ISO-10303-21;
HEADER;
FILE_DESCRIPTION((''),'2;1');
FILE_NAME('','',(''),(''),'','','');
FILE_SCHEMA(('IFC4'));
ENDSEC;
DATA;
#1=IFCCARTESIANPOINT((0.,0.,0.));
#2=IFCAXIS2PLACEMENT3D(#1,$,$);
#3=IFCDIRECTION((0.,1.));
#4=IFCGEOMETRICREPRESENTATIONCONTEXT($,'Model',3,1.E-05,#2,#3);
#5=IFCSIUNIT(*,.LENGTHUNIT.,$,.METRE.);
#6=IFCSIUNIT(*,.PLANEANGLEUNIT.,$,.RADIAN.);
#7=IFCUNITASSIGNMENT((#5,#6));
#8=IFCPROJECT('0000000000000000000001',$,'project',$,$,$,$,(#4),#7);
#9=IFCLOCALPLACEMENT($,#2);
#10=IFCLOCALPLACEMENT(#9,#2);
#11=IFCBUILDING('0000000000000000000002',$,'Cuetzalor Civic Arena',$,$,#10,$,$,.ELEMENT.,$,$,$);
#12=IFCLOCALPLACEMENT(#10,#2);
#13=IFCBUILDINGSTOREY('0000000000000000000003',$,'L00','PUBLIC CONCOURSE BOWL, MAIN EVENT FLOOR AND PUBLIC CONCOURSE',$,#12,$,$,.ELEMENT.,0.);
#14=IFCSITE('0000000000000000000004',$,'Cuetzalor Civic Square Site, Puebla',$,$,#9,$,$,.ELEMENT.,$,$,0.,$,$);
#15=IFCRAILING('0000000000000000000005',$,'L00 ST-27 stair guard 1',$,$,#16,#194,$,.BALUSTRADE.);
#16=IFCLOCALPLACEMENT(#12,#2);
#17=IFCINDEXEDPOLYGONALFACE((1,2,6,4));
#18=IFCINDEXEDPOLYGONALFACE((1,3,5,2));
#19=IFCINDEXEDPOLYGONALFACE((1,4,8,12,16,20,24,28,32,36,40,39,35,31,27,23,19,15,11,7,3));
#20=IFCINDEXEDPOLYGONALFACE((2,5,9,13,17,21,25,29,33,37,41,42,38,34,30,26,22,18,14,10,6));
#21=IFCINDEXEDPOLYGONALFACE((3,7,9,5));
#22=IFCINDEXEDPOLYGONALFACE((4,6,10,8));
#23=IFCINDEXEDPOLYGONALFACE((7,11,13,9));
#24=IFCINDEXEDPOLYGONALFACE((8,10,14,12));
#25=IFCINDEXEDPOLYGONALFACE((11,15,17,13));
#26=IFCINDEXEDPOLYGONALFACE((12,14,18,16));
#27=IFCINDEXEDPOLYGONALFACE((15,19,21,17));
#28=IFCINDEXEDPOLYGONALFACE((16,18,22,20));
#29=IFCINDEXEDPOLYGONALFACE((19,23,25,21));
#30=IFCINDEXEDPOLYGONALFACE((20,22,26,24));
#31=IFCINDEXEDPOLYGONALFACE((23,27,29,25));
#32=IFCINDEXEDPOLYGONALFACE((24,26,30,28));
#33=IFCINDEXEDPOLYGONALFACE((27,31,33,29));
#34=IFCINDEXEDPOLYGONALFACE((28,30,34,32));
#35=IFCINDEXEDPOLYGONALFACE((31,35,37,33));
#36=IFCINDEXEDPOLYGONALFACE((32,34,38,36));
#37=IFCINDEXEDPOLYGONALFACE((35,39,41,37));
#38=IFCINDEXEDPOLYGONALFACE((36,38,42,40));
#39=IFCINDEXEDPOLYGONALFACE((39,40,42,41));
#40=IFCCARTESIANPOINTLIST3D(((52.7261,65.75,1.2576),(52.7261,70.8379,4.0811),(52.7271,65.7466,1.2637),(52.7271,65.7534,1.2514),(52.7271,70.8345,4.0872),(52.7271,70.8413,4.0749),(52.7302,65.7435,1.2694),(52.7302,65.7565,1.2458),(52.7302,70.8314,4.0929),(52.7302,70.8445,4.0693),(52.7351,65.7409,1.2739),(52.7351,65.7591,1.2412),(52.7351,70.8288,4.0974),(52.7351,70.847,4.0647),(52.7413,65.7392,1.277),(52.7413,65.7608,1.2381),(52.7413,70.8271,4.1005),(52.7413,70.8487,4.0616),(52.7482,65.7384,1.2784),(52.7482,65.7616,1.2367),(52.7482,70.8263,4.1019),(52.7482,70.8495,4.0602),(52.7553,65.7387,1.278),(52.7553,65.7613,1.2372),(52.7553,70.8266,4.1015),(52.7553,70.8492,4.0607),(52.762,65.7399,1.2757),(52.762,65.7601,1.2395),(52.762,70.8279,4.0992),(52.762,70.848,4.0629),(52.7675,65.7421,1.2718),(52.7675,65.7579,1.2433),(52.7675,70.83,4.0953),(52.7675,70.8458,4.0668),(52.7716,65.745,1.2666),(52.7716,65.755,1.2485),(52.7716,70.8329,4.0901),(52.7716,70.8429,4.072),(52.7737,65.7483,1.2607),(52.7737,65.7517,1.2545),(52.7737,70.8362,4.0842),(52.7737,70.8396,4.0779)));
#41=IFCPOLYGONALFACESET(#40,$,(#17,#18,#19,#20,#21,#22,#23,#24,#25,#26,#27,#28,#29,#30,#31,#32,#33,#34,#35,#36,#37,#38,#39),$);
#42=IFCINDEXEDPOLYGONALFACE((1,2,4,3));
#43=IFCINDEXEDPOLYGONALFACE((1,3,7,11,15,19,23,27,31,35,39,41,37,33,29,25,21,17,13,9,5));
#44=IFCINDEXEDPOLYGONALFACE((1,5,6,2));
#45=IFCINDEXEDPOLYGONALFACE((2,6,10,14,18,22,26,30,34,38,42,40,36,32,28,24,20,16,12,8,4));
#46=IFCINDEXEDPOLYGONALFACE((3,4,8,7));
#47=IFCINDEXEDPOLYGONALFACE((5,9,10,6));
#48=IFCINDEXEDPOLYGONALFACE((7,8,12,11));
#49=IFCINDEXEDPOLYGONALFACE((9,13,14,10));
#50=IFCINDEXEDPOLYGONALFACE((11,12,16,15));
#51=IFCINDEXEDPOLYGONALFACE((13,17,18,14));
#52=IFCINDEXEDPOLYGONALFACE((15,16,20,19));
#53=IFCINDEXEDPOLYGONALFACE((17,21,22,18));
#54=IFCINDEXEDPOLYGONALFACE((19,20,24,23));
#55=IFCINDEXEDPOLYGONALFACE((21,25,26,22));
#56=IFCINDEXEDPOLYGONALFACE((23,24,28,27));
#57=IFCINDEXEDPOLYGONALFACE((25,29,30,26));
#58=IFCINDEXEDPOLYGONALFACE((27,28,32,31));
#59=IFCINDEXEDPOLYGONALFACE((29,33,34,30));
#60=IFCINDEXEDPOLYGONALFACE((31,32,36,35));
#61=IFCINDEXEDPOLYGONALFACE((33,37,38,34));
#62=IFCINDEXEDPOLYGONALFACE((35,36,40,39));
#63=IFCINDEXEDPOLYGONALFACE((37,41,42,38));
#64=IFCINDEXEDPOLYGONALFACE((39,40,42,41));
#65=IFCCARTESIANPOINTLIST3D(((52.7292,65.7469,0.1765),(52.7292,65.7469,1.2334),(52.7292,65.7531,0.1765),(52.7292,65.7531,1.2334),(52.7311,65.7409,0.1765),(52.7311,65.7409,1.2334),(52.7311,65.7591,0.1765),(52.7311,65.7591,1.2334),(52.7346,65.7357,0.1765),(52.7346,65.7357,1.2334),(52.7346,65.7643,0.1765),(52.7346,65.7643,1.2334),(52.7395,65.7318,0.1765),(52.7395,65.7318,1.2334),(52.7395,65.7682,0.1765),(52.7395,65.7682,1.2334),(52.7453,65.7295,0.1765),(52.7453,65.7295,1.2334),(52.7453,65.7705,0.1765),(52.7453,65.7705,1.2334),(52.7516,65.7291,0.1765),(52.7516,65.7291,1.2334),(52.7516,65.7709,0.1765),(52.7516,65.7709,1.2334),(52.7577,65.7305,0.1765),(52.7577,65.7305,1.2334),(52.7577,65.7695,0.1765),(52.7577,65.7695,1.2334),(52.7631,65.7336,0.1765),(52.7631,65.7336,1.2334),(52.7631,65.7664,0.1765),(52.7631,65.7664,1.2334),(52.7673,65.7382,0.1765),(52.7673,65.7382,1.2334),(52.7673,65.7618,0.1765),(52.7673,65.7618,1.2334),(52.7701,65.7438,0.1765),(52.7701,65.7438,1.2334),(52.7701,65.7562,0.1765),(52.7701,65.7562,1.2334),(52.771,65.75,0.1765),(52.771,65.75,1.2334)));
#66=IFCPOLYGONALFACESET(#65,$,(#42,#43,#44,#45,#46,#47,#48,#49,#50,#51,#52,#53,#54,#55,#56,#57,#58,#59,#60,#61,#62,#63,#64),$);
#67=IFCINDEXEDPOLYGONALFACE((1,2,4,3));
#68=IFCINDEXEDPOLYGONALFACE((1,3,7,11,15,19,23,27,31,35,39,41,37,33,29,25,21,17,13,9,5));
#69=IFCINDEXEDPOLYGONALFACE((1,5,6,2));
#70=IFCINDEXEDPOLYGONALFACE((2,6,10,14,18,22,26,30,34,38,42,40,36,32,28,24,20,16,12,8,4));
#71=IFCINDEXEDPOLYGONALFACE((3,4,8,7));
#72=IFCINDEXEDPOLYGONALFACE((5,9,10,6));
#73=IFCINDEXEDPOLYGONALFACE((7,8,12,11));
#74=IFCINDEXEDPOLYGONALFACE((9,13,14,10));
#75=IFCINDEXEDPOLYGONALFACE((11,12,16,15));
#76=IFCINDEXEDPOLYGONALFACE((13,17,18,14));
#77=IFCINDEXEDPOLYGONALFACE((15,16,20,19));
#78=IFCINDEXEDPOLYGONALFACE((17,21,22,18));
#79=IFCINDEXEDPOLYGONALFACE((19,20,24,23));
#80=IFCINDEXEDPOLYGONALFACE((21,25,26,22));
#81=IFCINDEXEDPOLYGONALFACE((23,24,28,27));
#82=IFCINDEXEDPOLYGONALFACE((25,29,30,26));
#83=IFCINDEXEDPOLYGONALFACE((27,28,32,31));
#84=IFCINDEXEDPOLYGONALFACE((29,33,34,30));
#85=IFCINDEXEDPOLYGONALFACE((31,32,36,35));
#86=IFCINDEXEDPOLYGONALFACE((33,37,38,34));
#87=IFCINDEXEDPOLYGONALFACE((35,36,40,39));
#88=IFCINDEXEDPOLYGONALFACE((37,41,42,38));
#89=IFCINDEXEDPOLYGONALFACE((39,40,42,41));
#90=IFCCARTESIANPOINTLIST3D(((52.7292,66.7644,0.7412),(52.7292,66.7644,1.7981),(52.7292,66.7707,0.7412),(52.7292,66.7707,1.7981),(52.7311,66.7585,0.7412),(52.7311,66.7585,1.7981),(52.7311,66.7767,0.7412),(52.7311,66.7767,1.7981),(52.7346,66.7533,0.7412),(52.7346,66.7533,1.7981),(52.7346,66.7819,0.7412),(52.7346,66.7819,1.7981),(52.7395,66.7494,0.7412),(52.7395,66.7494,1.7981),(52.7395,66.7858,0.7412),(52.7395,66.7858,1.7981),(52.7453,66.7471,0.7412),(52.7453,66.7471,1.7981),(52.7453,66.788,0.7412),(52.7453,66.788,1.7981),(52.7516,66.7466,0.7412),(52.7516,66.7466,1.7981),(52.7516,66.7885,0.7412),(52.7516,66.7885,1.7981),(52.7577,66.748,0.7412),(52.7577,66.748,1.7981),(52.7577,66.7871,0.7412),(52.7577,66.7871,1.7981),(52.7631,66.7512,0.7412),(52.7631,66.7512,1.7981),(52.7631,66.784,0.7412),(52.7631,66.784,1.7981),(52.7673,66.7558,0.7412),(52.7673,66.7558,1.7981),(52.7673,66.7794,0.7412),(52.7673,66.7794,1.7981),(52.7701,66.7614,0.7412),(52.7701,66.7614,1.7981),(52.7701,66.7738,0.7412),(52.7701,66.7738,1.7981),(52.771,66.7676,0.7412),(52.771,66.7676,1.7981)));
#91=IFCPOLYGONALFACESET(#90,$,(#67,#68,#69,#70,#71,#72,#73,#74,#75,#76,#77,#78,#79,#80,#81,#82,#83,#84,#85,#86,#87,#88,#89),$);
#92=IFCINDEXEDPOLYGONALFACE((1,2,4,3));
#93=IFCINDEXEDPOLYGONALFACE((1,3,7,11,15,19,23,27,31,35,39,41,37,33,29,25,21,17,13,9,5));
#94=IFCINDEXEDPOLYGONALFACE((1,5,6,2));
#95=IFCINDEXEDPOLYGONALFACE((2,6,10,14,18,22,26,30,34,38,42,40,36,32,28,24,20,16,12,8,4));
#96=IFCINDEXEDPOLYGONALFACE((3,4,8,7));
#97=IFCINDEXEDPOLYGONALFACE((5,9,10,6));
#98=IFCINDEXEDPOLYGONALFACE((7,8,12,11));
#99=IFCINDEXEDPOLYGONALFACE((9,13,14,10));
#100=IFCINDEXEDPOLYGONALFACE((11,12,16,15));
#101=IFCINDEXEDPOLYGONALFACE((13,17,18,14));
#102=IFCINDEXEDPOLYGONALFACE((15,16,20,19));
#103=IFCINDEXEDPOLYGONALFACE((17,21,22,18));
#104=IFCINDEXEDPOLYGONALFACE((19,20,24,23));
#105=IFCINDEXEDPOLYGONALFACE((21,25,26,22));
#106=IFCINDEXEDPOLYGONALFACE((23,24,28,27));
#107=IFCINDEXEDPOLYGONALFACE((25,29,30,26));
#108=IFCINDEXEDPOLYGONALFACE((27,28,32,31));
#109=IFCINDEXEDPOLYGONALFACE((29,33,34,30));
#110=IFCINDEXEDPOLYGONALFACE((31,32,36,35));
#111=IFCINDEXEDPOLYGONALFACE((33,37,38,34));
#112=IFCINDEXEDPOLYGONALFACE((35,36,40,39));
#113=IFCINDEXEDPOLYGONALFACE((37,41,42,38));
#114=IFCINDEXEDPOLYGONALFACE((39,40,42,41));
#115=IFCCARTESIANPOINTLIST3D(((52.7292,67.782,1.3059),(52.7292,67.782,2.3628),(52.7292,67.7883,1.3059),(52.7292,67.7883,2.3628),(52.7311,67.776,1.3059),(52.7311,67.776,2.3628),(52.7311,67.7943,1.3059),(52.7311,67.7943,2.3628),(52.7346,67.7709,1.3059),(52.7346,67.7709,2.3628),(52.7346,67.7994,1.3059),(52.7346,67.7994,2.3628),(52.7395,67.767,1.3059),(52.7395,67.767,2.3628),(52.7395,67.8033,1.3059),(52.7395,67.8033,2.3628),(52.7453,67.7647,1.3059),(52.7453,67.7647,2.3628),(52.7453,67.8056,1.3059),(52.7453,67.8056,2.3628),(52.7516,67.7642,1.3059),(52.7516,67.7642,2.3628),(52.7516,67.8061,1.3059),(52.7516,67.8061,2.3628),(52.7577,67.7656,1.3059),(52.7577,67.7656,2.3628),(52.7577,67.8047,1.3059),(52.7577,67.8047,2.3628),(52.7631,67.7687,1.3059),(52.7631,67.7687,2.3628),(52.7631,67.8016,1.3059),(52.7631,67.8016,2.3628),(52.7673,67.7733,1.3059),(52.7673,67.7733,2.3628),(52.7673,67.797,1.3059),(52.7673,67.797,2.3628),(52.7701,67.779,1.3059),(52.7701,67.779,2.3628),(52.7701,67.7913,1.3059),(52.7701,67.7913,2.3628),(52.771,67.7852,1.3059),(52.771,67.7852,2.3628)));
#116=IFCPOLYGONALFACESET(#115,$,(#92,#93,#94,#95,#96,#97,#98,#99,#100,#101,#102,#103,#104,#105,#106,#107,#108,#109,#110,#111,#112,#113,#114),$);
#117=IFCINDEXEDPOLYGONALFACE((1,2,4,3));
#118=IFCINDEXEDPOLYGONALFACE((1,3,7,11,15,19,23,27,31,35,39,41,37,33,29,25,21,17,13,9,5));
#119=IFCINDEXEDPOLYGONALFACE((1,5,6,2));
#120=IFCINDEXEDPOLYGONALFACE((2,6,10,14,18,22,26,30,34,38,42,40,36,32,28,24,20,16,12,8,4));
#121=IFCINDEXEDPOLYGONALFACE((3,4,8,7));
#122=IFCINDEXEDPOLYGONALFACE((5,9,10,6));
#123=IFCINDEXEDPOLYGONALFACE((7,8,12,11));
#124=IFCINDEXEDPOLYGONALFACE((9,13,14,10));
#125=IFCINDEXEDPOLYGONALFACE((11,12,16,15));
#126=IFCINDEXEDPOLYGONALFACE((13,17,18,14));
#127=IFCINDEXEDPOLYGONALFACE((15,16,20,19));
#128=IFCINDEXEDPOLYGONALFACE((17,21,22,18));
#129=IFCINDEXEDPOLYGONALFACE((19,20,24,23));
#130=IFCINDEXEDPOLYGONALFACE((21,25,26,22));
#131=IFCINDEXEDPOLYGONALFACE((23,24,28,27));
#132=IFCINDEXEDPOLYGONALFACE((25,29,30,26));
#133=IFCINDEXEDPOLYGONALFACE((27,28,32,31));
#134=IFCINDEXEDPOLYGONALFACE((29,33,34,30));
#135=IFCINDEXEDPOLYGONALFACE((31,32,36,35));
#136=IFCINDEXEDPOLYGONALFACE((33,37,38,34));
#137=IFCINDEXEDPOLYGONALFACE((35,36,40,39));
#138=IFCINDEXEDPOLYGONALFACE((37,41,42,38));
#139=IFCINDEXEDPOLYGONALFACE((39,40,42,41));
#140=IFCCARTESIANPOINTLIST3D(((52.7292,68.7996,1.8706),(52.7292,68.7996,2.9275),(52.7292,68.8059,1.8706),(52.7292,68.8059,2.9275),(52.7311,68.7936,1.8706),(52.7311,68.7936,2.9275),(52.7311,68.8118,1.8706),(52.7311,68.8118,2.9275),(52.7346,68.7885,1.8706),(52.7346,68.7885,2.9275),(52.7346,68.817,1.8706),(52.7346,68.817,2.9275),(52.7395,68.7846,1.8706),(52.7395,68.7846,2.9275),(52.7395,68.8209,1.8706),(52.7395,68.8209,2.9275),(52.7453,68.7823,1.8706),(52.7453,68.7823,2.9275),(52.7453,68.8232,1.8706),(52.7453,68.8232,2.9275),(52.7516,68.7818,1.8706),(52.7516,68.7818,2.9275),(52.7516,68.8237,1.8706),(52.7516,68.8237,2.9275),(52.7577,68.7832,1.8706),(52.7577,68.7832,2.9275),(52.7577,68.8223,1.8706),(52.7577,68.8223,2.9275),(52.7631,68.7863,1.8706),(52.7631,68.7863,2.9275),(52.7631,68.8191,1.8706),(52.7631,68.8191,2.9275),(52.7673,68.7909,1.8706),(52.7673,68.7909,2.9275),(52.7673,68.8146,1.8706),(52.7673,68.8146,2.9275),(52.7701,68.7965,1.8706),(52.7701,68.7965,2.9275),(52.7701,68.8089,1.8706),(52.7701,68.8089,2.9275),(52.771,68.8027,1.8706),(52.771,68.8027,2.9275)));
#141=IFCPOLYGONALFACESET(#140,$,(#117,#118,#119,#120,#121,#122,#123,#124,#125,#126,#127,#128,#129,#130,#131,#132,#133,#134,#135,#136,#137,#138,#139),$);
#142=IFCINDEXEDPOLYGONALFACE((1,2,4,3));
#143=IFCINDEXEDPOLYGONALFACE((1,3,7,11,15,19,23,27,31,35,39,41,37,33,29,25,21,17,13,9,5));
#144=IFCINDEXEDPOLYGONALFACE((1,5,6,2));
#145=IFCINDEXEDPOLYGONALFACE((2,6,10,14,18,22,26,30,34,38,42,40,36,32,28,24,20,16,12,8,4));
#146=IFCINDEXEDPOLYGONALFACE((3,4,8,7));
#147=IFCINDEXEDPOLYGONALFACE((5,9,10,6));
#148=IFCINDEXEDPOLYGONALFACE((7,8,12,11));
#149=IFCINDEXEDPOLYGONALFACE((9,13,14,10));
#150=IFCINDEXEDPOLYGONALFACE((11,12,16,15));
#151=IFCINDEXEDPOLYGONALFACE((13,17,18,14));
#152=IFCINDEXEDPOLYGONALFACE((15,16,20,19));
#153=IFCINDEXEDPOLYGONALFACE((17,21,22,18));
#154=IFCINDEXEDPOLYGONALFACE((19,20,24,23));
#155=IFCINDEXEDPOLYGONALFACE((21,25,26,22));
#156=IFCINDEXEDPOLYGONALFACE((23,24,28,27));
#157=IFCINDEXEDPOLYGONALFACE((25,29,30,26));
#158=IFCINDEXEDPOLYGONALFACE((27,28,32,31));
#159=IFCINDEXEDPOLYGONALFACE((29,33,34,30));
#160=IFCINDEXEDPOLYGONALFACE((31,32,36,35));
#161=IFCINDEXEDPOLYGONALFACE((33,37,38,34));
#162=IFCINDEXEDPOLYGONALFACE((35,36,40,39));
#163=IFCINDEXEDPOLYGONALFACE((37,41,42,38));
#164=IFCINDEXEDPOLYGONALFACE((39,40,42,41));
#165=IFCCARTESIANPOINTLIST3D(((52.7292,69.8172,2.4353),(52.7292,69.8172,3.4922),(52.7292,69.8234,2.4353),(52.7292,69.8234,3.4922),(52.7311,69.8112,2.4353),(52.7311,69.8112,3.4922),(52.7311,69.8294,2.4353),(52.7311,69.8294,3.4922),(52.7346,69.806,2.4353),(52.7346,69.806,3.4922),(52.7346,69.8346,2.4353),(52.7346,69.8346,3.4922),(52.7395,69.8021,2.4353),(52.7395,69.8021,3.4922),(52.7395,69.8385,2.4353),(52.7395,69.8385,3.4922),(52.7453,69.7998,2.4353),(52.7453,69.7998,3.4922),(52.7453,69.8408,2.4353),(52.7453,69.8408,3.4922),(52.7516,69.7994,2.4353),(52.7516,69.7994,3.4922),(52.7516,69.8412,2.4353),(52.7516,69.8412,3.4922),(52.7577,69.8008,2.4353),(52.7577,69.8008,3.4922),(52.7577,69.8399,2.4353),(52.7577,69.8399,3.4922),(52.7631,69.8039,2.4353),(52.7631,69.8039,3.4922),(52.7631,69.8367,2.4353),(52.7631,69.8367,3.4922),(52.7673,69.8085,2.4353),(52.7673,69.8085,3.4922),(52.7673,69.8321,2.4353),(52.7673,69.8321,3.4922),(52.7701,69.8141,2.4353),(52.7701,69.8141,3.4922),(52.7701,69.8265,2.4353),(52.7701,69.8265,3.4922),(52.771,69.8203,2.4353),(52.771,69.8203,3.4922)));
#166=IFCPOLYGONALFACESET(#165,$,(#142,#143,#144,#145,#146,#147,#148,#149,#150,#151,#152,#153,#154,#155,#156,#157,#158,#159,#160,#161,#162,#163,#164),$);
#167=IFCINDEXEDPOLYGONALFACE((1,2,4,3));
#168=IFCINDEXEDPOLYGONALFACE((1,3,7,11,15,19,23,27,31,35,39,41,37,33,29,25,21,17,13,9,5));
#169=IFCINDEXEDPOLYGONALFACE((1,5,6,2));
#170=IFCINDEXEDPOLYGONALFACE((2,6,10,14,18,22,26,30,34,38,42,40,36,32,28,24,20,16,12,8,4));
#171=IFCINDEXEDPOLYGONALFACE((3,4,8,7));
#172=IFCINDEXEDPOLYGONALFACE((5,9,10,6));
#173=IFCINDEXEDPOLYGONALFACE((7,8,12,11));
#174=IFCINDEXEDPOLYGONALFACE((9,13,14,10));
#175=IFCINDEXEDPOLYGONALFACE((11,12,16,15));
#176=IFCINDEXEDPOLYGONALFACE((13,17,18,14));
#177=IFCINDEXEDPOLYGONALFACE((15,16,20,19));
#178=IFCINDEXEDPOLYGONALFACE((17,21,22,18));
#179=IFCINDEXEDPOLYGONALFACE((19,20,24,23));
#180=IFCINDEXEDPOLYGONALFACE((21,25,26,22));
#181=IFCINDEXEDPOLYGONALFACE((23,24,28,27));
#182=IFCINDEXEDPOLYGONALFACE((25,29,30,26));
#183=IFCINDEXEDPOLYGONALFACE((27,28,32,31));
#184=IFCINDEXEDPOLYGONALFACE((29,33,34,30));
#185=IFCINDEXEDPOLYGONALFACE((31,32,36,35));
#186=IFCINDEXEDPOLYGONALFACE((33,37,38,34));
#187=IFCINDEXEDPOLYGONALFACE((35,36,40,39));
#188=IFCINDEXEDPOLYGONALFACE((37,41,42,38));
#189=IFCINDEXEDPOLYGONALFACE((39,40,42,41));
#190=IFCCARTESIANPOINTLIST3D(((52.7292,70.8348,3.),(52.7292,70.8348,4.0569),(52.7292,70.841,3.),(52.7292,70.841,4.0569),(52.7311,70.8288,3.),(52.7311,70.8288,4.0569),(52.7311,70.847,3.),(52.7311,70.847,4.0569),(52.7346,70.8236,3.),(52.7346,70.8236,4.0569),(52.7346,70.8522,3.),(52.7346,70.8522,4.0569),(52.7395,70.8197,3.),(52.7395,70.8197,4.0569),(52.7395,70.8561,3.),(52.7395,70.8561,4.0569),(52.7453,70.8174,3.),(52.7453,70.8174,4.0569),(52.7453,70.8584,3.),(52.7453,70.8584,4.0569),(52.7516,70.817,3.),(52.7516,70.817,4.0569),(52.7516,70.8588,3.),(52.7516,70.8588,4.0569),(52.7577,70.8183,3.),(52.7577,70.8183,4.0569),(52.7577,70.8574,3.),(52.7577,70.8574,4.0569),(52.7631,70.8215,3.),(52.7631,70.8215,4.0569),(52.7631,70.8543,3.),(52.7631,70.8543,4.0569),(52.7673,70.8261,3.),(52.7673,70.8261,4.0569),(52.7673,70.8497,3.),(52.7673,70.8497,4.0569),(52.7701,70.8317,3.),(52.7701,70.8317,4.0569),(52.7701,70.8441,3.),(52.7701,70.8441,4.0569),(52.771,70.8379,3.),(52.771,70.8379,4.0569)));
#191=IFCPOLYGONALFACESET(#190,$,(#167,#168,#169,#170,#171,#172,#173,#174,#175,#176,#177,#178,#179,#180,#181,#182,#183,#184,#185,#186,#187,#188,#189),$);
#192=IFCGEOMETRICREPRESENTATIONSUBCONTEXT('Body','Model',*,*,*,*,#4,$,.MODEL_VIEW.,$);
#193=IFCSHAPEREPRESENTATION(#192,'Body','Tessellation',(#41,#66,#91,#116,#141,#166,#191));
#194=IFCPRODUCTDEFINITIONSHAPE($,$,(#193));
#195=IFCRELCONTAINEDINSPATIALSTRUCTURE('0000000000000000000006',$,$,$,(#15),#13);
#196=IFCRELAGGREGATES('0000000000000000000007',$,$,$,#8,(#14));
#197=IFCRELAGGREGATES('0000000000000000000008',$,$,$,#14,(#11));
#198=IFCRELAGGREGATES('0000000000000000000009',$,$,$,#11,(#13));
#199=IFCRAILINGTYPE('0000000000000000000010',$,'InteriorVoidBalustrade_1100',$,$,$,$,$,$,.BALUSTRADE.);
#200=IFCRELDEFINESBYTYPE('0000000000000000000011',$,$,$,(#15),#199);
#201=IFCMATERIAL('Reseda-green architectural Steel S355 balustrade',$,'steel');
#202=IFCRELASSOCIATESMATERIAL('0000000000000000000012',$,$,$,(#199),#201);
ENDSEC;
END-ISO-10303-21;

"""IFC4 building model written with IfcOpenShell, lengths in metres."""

from ifc_helpers import new_model, si_unit, direction, frame, origin, origin_2d, place, context, subcontext, project, spatial, circle, extrude, material, type_object, element, save


model = new_model("IFC4")

# Units and contexts
model_context = context("Model", 3, precision=1e-05, world=origin(), true_north=direction((0.0, 1.0)))
body_context = subcontext(model_context, "Body", "Model", "MODEL_VIEW")
ifc_project = project(units=[si_unit("LENGTHUNIT", "METRE"), si_unit("PLANEANGLEUNIT", "RADIAN")], contexts=[model_context])

# Site, building, storey
site_placement = place(None, origin())
site = spatial("IfcSite", under=ifc_project, at=site_placement, Name="Cuetzalor Civic Square Site, Puebla", CompositionType="ELEMENT", RefElevation=0.0)
building_placement = place(site_placement, origin())
building = spatial("IfcBuilding", under=site, at=building_placement, Name="Cuetzalor Civic Arena", CompositionType="ELEMENT")
storey_placement = place(building_placement, origin())
storey = spatial("IfcBuildingStorey", under=building, at=storey_placement, Name="L00", Description="PUBLIC CONCOURSE BOWL, MAIN EVENT FLOOR AND PUBLIC CONCOURSE", CompositionType="ELEMENT", Elevation=0.0)

# Railing
ifc_material_1 = material(Name="Reseda-green architectural Steel S355 balustrade", Category="steel")
railing_type_1 = type_object("IfcRailingType", Name="InteriorVoidBalustrade_1100", PredefinedType="BALUSTRADE", material=ifc_material_1)
railing_1_placement = place(storey_placement, frame((52.75, 65.75, 0.1765)))
element("IfcRailing", 1, at=railing_1_placement, inside=storey, type_object=railing_type_1, Name="L00 ST-27 stair guard 1", PredefinedType="BALUSTRADE", context=body_context, shape_type="SweptSolid", body=[
    extrude(circle(Radius=0.0239, at=origin_2d()), frame((0.0, 0.0, 1.0811), z_axis=(0.0, 0.874385, 0.485233), x_axis=(-1.0, 0.0, 0.0)), (0.0, 0.0, 1.0), 5.8188),
    extrude(circle(Radius=0.021, at=origin_2d()), origin(), (0.0, 0.0, 1.0), 1.0569),
    extrude(circle(Radius=0.021, at=origin_2d()), frame((0.0, 1.0176, 0.5647)), (0.0, 0.0, 1.0), 1.0569),
    extrude(circle(Radius=0.021, at=origin_2d()), frame((0.0, 2.0352, 1.1294)), (0.0, 0.0, 1.0), 1.0569),
    extrude(circle(Radius=0.021, at=origin_2d()), frame((0.0, 3.0527, 1.6941)), (0.0, 0.0, 1.0), 1.0569),
    extrude(circle(Radius=0.021, at=origin_2d()), frame((0.0, 4.0703, 2.2588)), (0.0, 0.0, 1.0), 1.0569),
    extrude(circle(Radius=0.021, at=origin_2d()), frame((0.0, 5.0879, 2.8235)), (0.0, 0.0, 1.0), 1.0569),
])

save(model, "model.ifc")
